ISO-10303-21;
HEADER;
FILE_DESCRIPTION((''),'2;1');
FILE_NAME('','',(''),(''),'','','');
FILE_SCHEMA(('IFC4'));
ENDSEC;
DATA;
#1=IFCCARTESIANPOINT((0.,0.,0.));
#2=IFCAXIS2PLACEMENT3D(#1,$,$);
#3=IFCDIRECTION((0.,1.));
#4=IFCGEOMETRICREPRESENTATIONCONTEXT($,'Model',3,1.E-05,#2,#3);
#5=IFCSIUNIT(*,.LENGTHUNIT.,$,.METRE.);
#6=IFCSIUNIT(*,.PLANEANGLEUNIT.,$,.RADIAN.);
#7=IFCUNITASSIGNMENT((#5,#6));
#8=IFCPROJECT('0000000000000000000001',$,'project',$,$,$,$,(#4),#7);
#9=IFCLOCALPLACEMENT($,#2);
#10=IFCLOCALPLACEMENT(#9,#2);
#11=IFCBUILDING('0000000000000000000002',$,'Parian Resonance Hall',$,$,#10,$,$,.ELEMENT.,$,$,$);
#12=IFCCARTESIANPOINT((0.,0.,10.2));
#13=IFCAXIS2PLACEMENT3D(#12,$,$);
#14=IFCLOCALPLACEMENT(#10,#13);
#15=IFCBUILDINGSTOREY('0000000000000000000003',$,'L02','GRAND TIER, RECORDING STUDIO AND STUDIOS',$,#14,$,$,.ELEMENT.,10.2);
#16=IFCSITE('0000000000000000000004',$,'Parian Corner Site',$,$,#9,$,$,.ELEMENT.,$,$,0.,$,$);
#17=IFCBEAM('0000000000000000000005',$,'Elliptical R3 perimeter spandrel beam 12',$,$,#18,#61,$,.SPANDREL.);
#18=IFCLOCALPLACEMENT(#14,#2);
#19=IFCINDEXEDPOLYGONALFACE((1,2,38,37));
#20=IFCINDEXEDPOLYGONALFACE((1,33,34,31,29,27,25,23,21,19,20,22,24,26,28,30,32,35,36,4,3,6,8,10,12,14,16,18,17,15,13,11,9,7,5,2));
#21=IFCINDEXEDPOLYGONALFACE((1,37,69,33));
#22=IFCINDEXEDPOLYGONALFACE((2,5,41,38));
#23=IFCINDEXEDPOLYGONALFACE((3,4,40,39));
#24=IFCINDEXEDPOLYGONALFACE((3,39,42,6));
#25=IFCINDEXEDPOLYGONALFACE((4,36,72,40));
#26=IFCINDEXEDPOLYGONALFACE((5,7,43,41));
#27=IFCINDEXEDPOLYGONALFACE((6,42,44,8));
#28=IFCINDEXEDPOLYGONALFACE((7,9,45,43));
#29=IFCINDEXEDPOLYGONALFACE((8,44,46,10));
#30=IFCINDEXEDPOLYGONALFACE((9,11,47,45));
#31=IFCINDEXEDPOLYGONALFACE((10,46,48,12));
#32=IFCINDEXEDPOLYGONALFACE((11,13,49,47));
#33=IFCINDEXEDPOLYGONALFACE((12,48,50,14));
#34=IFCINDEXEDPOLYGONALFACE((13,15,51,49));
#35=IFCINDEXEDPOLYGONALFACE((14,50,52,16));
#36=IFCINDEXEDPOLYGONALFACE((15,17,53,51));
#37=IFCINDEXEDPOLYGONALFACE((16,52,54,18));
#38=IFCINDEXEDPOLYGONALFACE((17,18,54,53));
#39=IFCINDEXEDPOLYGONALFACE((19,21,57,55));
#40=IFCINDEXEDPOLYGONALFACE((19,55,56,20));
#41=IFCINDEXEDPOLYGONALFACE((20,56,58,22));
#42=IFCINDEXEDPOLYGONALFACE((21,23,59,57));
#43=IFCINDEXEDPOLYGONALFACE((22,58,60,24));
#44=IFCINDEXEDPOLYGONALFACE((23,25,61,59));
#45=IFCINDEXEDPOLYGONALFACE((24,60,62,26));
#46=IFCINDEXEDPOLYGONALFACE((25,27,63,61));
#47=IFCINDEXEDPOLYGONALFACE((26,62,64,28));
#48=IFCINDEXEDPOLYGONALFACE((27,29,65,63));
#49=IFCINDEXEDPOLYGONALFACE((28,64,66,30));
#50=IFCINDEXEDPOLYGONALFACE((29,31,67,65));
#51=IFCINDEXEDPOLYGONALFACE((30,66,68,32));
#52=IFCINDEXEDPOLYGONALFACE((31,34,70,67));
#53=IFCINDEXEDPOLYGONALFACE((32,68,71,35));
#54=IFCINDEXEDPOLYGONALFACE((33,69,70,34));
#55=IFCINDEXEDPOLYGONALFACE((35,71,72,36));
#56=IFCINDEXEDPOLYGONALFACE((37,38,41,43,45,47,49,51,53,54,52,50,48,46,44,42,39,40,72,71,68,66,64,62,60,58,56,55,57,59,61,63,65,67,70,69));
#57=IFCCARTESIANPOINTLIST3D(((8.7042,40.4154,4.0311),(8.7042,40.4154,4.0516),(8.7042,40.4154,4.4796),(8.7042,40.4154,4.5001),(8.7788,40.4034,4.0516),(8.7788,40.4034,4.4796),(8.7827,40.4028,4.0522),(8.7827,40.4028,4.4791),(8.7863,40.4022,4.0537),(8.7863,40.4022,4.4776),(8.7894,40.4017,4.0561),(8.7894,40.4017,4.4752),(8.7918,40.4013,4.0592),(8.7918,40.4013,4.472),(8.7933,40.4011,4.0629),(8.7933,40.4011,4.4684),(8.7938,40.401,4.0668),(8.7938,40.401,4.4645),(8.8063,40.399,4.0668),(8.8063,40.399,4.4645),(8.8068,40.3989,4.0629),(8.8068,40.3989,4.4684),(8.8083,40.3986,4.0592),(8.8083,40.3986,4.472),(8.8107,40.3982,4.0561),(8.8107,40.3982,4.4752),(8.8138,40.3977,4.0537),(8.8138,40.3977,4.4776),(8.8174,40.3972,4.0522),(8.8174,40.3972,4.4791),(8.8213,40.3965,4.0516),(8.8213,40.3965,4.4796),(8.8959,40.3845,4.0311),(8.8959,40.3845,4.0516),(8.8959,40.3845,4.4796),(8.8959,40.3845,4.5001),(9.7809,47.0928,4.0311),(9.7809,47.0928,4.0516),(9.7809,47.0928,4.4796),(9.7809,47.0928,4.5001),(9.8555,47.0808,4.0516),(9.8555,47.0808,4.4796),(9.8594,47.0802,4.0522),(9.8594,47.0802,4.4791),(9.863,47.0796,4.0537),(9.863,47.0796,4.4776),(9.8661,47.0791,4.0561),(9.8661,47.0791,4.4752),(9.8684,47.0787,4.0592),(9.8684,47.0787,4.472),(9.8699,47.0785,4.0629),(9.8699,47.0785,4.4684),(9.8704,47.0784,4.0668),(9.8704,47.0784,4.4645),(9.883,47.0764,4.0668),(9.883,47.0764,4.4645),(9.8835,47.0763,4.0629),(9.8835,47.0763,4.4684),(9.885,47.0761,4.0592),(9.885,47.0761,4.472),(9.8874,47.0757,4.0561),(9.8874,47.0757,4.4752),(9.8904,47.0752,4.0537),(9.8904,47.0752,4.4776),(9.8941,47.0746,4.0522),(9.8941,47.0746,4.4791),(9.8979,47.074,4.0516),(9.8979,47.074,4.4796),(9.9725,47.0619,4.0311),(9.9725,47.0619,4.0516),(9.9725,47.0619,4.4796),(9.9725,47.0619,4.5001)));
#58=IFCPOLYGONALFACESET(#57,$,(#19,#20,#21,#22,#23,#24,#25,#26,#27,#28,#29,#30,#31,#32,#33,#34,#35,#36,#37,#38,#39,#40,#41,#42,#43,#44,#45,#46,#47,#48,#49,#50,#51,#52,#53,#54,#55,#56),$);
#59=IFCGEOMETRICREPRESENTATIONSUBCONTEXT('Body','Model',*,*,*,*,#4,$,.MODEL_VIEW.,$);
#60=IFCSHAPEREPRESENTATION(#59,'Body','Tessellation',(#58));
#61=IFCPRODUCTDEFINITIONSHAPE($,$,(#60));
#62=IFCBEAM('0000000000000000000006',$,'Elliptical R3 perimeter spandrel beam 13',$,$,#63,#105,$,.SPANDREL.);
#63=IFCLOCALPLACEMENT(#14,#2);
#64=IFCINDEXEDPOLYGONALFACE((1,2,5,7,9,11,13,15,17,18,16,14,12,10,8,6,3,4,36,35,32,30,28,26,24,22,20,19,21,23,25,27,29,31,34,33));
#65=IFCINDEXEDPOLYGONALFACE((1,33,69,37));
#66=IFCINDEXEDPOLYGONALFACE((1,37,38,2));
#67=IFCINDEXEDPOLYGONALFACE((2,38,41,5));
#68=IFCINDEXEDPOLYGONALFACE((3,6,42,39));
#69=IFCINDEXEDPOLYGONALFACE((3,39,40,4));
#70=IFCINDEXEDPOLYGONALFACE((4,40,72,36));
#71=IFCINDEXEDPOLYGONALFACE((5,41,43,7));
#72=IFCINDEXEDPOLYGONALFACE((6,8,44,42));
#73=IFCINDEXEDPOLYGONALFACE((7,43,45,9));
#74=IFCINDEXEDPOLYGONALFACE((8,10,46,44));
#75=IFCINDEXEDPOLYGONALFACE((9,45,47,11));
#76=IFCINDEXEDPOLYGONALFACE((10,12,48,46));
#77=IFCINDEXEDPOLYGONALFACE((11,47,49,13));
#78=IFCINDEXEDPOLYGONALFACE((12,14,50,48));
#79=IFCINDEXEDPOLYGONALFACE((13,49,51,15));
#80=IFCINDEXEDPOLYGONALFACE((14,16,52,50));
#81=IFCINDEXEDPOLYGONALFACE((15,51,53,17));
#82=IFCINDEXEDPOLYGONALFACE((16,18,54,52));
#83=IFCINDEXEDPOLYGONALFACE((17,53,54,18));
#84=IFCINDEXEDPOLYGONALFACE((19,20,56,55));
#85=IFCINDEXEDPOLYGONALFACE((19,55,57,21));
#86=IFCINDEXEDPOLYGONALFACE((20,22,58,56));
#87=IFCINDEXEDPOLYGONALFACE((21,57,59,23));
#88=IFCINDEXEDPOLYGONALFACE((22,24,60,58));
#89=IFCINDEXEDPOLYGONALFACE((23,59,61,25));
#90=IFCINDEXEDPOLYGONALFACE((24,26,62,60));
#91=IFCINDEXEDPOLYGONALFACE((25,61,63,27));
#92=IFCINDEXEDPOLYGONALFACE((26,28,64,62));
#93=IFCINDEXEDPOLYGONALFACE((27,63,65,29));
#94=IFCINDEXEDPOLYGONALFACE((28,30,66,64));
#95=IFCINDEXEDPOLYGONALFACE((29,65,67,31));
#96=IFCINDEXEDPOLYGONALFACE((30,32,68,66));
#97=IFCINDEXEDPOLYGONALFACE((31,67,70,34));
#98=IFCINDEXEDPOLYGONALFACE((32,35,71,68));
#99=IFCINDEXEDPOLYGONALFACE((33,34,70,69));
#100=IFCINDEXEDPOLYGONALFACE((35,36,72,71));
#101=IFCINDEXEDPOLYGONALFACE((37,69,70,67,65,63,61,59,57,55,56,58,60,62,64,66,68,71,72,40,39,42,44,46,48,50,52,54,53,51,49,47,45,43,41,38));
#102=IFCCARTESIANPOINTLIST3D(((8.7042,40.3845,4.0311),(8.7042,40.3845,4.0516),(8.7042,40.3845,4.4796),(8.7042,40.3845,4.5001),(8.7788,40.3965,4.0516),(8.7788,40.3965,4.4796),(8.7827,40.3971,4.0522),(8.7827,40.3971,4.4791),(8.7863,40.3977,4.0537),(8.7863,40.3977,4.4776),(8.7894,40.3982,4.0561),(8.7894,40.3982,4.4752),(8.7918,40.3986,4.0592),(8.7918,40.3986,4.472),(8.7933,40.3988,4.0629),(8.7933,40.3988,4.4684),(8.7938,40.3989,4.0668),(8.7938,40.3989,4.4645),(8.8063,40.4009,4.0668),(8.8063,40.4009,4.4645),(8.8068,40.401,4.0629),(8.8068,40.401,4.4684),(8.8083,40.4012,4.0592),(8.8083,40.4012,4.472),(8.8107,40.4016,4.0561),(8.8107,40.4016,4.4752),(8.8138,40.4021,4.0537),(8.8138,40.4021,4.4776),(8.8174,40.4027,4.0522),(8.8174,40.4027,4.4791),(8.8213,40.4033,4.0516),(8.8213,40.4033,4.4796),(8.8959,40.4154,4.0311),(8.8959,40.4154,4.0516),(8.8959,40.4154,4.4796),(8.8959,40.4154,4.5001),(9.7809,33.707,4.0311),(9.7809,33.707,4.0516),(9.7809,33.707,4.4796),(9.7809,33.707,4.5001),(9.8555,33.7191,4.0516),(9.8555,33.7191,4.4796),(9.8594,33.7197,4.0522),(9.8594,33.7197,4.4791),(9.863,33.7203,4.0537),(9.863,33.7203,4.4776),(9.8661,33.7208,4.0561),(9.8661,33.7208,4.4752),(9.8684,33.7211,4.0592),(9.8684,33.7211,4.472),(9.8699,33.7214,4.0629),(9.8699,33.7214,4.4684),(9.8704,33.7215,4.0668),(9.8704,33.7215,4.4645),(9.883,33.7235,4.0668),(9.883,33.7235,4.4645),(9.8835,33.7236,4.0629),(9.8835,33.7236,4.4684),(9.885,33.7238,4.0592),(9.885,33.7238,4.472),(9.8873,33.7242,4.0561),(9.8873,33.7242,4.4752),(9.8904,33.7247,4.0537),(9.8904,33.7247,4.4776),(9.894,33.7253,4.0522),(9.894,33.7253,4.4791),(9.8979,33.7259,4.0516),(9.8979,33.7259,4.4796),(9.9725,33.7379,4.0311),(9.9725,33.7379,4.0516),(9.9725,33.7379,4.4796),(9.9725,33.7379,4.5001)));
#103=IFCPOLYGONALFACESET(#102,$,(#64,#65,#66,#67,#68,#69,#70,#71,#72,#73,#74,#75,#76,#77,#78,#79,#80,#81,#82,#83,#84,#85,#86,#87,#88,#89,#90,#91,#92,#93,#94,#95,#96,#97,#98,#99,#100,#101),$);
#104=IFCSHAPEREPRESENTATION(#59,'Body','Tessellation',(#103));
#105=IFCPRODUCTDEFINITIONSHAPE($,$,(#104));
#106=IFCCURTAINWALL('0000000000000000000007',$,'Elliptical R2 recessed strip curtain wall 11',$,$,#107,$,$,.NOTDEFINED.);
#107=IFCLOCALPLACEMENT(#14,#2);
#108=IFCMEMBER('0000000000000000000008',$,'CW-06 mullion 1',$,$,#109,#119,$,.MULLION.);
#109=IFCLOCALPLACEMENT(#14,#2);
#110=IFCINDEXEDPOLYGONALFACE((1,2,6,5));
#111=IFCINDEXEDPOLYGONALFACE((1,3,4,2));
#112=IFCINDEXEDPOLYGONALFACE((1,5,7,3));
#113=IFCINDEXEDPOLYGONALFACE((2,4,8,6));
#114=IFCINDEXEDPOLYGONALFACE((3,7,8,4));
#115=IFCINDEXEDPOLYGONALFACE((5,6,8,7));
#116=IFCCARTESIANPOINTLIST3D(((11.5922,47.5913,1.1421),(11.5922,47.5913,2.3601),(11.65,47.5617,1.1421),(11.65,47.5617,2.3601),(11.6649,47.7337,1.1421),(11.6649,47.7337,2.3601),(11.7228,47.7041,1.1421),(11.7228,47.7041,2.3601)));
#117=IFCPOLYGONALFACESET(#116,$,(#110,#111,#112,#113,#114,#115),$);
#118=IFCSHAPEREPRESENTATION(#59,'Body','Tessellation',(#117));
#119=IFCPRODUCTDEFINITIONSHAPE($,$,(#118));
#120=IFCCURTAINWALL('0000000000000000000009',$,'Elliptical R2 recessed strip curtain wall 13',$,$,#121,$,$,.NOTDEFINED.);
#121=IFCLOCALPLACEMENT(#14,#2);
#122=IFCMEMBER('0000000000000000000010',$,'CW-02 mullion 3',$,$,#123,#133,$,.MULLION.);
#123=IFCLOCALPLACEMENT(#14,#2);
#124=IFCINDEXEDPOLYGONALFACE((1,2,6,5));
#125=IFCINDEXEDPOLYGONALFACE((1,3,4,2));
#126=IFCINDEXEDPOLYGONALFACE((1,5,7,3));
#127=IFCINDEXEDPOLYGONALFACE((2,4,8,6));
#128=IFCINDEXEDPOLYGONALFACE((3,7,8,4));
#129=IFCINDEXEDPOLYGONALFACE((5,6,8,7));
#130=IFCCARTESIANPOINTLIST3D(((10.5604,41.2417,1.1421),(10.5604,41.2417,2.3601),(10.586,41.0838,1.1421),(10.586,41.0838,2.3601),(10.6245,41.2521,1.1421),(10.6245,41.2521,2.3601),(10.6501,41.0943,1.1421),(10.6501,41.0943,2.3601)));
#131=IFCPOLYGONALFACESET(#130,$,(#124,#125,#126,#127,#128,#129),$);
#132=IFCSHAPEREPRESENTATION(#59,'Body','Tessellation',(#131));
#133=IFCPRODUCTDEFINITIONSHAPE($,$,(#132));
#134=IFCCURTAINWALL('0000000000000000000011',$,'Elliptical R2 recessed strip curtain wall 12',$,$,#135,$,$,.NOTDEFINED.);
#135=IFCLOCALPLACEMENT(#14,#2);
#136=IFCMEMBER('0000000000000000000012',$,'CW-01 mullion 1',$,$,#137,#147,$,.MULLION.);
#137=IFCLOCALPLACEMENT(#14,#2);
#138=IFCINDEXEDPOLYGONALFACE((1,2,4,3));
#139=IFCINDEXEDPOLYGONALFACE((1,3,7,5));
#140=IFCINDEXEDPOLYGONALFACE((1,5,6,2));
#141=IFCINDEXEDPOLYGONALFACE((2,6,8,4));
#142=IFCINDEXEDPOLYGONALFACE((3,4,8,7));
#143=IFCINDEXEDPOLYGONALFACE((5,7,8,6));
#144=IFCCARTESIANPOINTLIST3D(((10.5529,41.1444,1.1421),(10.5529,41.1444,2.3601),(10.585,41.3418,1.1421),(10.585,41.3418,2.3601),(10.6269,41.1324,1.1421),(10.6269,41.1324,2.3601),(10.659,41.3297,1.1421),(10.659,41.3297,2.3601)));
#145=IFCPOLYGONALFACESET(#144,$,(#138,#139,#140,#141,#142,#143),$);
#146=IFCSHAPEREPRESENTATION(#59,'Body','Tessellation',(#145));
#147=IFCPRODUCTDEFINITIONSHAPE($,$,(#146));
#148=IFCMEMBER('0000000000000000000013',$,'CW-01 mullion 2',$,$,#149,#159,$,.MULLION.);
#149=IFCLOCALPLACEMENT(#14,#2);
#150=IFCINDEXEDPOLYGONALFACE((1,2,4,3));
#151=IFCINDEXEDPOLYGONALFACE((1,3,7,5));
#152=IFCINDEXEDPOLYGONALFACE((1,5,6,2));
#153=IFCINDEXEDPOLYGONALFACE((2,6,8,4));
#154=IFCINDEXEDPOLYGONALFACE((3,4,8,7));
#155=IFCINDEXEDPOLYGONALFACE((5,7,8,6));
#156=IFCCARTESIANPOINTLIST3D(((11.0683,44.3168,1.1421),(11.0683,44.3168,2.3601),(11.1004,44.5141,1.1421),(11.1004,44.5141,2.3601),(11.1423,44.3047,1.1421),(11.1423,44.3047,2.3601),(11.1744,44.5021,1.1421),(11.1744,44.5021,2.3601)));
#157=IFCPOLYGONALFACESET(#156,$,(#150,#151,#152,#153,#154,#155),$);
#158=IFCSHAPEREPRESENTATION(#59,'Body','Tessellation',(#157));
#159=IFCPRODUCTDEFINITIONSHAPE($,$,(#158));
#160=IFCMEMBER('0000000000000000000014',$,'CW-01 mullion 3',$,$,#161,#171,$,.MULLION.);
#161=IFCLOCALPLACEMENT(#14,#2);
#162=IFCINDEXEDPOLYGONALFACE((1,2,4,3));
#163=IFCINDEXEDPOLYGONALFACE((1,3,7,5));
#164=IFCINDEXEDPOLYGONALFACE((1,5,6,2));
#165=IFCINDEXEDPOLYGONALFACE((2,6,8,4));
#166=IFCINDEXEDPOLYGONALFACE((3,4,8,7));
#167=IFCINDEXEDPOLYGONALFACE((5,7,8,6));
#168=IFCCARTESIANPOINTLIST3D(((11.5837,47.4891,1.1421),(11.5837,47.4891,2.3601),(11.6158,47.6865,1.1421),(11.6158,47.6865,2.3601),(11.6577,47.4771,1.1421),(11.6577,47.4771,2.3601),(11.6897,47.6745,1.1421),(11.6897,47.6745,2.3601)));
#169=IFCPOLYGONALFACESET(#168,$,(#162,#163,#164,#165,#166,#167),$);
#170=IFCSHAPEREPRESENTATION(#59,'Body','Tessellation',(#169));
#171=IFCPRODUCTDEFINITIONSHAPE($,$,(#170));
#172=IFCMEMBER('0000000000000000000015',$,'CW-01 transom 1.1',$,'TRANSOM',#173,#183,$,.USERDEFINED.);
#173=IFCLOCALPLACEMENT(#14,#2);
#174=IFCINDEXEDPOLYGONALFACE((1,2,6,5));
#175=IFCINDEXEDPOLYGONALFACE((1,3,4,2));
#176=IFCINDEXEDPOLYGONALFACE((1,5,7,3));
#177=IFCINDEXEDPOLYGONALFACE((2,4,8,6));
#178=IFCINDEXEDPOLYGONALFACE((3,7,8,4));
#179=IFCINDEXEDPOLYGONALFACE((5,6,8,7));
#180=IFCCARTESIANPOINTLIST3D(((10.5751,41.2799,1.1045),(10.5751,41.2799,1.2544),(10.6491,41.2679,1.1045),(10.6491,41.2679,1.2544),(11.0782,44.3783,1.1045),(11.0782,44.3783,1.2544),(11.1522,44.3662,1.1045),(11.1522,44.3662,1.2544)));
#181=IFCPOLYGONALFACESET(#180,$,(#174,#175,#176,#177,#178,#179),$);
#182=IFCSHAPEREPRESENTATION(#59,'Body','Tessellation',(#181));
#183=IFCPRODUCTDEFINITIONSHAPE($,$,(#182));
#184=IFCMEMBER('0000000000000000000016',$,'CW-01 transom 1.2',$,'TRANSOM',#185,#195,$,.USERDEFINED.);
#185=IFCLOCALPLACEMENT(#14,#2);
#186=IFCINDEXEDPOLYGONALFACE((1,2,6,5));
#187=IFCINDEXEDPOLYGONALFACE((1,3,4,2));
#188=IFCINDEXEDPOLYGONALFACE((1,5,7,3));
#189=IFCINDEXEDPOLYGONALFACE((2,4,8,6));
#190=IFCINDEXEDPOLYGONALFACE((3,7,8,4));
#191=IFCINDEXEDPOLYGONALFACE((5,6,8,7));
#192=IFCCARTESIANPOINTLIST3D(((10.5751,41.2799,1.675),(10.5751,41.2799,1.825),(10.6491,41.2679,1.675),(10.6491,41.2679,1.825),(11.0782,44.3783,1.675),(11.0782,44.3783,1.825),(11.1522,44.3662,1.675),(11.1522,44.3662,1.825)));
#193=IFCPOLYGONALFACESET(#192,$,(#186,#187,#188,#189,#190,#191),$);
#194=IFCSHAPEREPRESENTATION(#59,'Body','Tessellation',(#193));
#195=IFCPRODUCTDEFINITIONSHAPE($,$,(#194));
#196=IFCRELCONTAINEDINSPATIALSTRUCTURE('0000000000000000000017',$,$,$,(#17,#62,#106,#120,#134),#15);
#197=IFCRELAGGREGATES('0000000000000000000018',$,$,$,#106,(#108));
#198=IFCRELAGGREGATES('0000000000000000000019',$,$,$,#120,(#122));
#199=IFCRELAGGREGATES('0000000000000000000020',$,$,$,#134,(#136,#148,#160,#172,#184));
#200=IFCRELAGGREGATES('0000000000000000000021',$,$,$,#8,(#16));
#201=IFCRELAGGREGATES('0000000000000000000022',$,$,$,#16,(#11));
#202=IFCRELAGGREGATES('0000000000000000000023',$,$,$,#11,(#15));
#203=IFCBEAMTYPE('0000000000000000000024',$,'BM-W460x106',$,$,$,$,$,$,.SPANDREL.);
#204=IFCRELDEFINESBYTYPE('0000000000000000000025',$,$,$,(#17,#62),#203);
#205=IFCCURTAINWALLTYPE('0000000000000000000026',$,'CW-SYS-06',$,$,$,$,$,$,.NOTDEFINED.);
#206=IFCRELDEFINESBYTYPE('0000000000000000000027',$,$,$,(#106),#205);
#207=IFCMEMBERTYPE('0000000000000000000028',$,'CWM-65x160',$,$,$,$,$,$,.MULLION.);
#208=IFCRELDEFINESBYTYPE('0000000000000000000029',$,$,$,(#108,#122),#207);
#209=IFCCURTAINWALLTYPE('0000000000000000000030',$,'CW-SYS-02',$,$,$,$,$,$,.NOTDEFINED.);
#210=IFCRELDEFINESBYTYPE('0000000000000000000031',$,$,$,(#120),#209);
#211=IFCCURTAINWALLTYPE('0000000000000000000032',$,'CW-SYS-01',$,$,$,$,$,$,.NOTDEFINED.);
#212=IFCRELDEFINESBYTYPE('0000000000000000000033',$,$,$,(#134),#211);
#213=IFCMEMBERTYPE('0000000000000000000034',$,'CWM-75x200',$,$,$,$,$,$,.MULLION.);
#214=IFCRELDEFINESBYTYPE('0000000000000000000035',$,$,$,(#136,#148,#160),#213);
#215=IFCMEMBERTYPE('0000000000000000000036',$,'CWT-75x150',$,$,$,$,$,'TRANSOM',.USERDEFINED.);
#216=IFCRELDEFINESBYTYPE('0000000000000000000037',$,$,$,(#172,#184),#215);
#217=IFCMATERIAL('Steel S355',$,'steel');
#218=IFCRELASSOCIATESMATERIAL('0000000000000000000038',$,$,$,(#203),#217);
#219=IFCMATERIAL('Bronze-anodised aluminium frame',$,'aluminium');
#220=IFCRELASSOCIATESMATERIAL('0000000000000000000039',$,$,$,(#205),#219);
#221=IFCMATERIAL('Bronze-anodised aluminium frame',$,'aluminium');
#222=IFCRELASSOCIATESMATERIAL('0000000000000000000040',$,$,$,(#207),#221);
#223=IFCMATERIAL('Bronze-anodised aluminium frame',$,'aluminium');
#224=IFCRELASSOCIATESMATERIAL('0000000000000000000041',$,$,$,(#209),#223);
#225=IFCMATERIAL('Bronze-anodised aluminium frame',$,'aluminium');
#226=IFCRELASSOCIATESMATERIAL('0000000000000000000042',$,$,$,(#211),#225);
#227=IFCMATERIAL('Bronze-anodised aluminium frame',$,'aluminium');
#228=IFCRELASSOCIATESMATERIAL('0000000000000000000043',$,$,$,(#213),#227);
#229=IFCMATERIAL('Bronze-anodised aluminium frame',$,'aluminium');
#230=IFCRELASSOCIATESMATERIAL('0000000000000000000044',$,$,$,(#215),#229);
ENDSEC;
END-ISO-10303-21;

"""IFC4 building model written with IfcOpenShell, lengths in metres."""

from ifc_helpers import new_model, si_unit, direction, frame, origin, origin_2d, place, context, subcontext, project, spatial, rectangle, i_section, extrude, material, material_profile, profile_set, type_object, element, aggregate, save


model = new_model("IFC4")

# Units and contexts
model_context = context("Model", 3, precision=1e-05, world=origin(), true_north=direction((0.0, 1.0)))
body_context = subcontext(model_context, "Body", "Model", "MODEL_VIEW")
ifc_project = project(units=[si_unit("LENGTHUNIT", "METRE"), si_unit("PLANEANGLEUNIT", "RADIAN")], contexts=[model_context])

# Site, building, storey
site_placement = place(None, origin())
site = spatial("IfcSite", under=ifc_project, at=site_placement, Name="Parian Corner Site", CompositionType="ELEMENT", RefElevation=0.0)
building_placement = place(site_placement, origin())
building = spatial("IfcBuilding", under=site, at=building_placement, Name="Parian Resonance Hall", CompositionType="ELEMENT")
storey_placement = place(building_placement, frame((0.0, 0.0, 10.2)))
storey = spatial("IfcBuildingStorey", under=building, at=storey_placement, Name="L02", Description="GRAND TIER, RECORDING STUDIO AND STUDIOS", CompositionType="ELEMENT", Elevation=10.2)

# Beams
ifc_material_1 = material(Name="Steel S355", Category="steel")
ifc_material_profile_1 = material_profile(ifc_material_1, i_section(OverallWidth=0.1941, OverallDepth=0.469, WebThickness=0.0127, FlangeThickness=0.0205, FilletRadius=0.0151, at=origin_2d()), Name="W460x106")
ifc_profile_set_1 = profile_set([ifc_material_profile_1], Name="Steel S355")
beam_type = type_object("IfcBeamType", Name="BM-W460x106", PredefinedType="SPANDREL", material=ifc_profile_set_1)
for number, where, z_axis, x_axis, name in (
    (1, (9.8767, 47.0774, 4.2656), (-0.159181, -0.987249, 0.0), (0.987249, -0.159181, 0.0), "Elliptical R3 perimeter spandrel beam 12"),
    (2, (8.8, 40.3999, 4.2656), (0.159181, -0.987249, 0.0), (0.987249, 0.159181, 0.0), "Elliptical R3 perimeter spandrel beam 13"),
):
    element("IfcBeam", number, at=place(storey_placement, frame(where, z_axis=z_axis, x_axis=x_axis)), inside=storey, type_object=beam_type, Name=name, PredefinedType="SPANDREL", context=body_context, shape_type="SweptSolid", body=[
        extrude(i_section(OverallWidth=0.1941, OverallDepth=0.469, WebThickness=0.0127, FlangeThickness=0.0205, FilletRadius=0.0151, at=origin_2d()), origin(), (0.0, 0.0, 1.0), 6.7637),
    ])

# Curtain walls, members
ifc_material_2 = material(Name="Bronze-anodised aluminium frame", Category="aluminium")
curtain_wall_type_1 = type_object("IfcCurtainWallType", Name="CW-SYS-06", PredefinedType="NOTDEFINED", material=ifc_material_2)
curtain_wall_1_placement = place(storey_placement, origin())
curtain_wall_1 = element("IfcCurtainWall", 3, at=curtain_wall_1_placement, inside=storey, type_object=curtain_wall_type_1, Name="Elliptical R2 recessed strip curtain wall 11", PredefinedType="NOTDEFINED")
ifc_material_3 = material(Name="Bronze-anodised aluminium frame", Category="aluminium")
ifc_material_profile_2 = material_profile(ifc_material_3, rectangle(XDim=0.0649, YDim=0.1599, at=origin_2d()), Name="CWM-65x160")
ifc_profile_set_2 = profile_set([ifc_material_profile_2], Name="Bronze-anodised aluminium frame")
member_type_1 = type_object("IfcMemberType", Name="CWM-65x160", PredefinedType="MULLION", material=ifc_profile_set_2)
member_1_placement = place(storey_placement, frame((11.6575, 47.6477, 1.1421), z_axis=(0.0, 0.0, 1.0), x_axis=(-0.890447, 0.455086, 0.0)))
member_1 = element("IfcMember", 4, at=member_1_placement, type_object=member_type_1, Name="CW-06 mullion 1", PredefinedType="MULLION", context=body_context, shape_type="SweptSolid", body=[
    extrude(rectangle(XDim=0.0649, YDim=0.1599, at=origin_2d()), origin(), (0.0, 0.0, 1.0), 1.218),
])
aggregate(curtain_wall_1, [member_1])
ifc_material_4 = material(Name="Bronze-anodised aluminium frame", Category="aluminium")
curtain_wall_type_2 = type_object("IfcCurtainWallType", Name="CW-SYS-02", PredefinedType="NOTDEFINED", material=ifc_material_4)
curtain_wall_2_placement = place(storey_placement, origin())
curtain_wall_2 = element("IfcCurtainWall", 5, at=curtain_wall_2_placement, inside=storey, type_object=curtain_wall_type_2, Name="Elliptical R2 recessed strip curtain wall 13", PredefinedType="NOTDEFINED")
member_2_placement = place(storey_placement, frame((10.6052, 41.168, 1.1421), z_axis=(0.0, 0.0, 1.0), x_axis=(-0.987061, -0.160345, 0.0)))
member_2 = element("IfcMember", 6, at=member_2_placement, type_object=member_type_1, Name="CW-02 mullion 3", PredefinedType="MULLION", context=body_context, shape_type="SweptSolid", body=[
    extrude(rectangle(XDim=0.0649, YDim=0.1599, at=origin_2d()), origin(), (0.0, 0.0, 1.0), 1.218),
])

# Curtain wall, members
ifc_material_5 = material(Name="Bronze-anodised aluminium frame", Category="aluminium")
curtain_wall_type_3 = type_object("IfcCurtainWallType", Name="CW-SYS-01", PredefinedType="NOTDEFINED", material=ifc_material_5)
curtain_wall_3_placement = place(storey_placement, origin())
curtain_wall_3 = element("IfcCurtainWall", 7, at=curtain_wall_3_placement, inside=storey, type_object=curtain_wall_type_3, Name="Elliptical R2 recessed strip curtain wall 12", PredefinedType="NOTDEFINED")
ifc_material_6 = material(Name="Bronze-anodised aluminium frame", Category="aluminium")
ifc_material_profile_3 = material_profile(ifc_material_6, rectangle(XDim=0.075, YDim=0.2, at=origin_2d()), Name="CWM-75x200")
ifc_profile_set_3 = profile_set([ifc_material_profile_3], Name="Bronze-anodised aluminium frame")
member_type_2 = type_object("IfcMemberType", Name="CWM-75x200", PredefinedType="MULLION", material=ifc_profile_set_3)
member_3_placement = place(storey_placement, frame((10.606, 41.2371, 1.1421), z_axis=(0.0, 0.0, 1.0), x_axis=(-0.987061, 0.160345, 0.0)))
member_3 = element("IfcMember", 8, at=member_3_placement, type_object=member_type_2, Name="CW-01 mullion 1", PredefinedType="MULLION", context=body_context, shape_type="SweptSolid", body=[
    extrude(rectangle(XDim=0.075, YDim=0.2, at=origin_2d()), origin(), (0.0, 0.0, 1.0), 1.218),
])
member_4_placement = place(storey_placement, frame((11.1213, 44.4094, 1.1421), z_axis=(0.0, 0.0, 1.0), x_axis=(-0.987061, 0.160345, 0.0)))
member_4 = element("IfcMember", 9, at=member_4_placement, type_object=member_type_2, Name="CW-01 mullion 2", PredefinedType="MULLION", context=body_context, shape_type="SweptSolid", body=[
    extrude(rectangle(XDim=0.075, YDim=0.2, at=origin_2d()), origin(), (0.0, 0.0, 1.0), 1.218),
])
member_5_placement = place(storey_placement, frame((11.6367, 47.5818, 1.1421), z_axis=(0.0, 0.0, 1.0), x_axis=(-0.987061, 0.160345, 0.0)))
member_5 = element("IfcMember", 10, at=member_5_placement, type_object=member_type_2, Name="CW-01 mullion 3", PredefinedType="MULLION", context=body_context, shape_type="SweptSolid", body=[
    extrude(rectangle(XDim=0.075, YDim=0.2, at=origin_2d()), origin(), (0.0, 0.0, 1.0), 1.218),
])
ifc_material_7 = material(Name="Bronze-anodised aluminium frame", Category="aluminium")
ifc_material_profile_4 = material_profile(ifc_material_7, rectangle(XDim=0.075, YDim=0.1499, at=origin_2d()), Name="CWT-75x150")
ifc_profile_set_4 = profile_set([ifc_material_profile_4], Name="Bronze-anodised aluminium frame")
member_type_3 = type_object("IfcMemberType", Name="CWT-75x150", ElementType="TRANSOM", PredefinedType="USERDEFINED", material=ifc_profile_set_4)
member_6_placement = place(storey_placement, frame((10.6121, 41.2739, 1.1794), z_axis=(0.160299, 0.987069, 0.0), x_axis=(-0.987069, 0.160299, 0.0)))
member_6 = element("IfcMember", 11, at=member_6_placement, type_object=member_type_3, Name="CW-01 transom 1.1", ObjectType="TRANSOM", PredefinedType="USERDEFINED", context=body_context, shape_type="SweptSolid", body=[
    extrude(rectangle(XDim=0.075, YDim=0.1499, at=origin_2d()), origin(), (0.0, 0.0, 1.0), 3.1389),
])
member_7_placement = place(storey_placement, frame((10.6121, 41.2739, 1.75), z_axis=(0.160299, 0.987069, 0.0), x_axis=(-0.987069, 0.160299, 0.0)))
member_7 = element("IfcMember", 12, at=member_7_placement, type_object=member_type_3, Name="CW-01 transom 1.2", ObjectType="TRANSOM", PredefinedType="USERDEFINED", context=body_context, shape_type="SweptSolid", body=[
    extrude(rectangle(XDim=0.075, YDim=0.1499, at=origin_2d()), origin(), (0.0, 0.0, 1.0), 3.1389),
])

aggregate(curtain_wall_2, [member_2])
aggregate(curtain_wall_3, [member_3, member_4, member_5, member_6, member_7])

save(model, "model.ifc")
